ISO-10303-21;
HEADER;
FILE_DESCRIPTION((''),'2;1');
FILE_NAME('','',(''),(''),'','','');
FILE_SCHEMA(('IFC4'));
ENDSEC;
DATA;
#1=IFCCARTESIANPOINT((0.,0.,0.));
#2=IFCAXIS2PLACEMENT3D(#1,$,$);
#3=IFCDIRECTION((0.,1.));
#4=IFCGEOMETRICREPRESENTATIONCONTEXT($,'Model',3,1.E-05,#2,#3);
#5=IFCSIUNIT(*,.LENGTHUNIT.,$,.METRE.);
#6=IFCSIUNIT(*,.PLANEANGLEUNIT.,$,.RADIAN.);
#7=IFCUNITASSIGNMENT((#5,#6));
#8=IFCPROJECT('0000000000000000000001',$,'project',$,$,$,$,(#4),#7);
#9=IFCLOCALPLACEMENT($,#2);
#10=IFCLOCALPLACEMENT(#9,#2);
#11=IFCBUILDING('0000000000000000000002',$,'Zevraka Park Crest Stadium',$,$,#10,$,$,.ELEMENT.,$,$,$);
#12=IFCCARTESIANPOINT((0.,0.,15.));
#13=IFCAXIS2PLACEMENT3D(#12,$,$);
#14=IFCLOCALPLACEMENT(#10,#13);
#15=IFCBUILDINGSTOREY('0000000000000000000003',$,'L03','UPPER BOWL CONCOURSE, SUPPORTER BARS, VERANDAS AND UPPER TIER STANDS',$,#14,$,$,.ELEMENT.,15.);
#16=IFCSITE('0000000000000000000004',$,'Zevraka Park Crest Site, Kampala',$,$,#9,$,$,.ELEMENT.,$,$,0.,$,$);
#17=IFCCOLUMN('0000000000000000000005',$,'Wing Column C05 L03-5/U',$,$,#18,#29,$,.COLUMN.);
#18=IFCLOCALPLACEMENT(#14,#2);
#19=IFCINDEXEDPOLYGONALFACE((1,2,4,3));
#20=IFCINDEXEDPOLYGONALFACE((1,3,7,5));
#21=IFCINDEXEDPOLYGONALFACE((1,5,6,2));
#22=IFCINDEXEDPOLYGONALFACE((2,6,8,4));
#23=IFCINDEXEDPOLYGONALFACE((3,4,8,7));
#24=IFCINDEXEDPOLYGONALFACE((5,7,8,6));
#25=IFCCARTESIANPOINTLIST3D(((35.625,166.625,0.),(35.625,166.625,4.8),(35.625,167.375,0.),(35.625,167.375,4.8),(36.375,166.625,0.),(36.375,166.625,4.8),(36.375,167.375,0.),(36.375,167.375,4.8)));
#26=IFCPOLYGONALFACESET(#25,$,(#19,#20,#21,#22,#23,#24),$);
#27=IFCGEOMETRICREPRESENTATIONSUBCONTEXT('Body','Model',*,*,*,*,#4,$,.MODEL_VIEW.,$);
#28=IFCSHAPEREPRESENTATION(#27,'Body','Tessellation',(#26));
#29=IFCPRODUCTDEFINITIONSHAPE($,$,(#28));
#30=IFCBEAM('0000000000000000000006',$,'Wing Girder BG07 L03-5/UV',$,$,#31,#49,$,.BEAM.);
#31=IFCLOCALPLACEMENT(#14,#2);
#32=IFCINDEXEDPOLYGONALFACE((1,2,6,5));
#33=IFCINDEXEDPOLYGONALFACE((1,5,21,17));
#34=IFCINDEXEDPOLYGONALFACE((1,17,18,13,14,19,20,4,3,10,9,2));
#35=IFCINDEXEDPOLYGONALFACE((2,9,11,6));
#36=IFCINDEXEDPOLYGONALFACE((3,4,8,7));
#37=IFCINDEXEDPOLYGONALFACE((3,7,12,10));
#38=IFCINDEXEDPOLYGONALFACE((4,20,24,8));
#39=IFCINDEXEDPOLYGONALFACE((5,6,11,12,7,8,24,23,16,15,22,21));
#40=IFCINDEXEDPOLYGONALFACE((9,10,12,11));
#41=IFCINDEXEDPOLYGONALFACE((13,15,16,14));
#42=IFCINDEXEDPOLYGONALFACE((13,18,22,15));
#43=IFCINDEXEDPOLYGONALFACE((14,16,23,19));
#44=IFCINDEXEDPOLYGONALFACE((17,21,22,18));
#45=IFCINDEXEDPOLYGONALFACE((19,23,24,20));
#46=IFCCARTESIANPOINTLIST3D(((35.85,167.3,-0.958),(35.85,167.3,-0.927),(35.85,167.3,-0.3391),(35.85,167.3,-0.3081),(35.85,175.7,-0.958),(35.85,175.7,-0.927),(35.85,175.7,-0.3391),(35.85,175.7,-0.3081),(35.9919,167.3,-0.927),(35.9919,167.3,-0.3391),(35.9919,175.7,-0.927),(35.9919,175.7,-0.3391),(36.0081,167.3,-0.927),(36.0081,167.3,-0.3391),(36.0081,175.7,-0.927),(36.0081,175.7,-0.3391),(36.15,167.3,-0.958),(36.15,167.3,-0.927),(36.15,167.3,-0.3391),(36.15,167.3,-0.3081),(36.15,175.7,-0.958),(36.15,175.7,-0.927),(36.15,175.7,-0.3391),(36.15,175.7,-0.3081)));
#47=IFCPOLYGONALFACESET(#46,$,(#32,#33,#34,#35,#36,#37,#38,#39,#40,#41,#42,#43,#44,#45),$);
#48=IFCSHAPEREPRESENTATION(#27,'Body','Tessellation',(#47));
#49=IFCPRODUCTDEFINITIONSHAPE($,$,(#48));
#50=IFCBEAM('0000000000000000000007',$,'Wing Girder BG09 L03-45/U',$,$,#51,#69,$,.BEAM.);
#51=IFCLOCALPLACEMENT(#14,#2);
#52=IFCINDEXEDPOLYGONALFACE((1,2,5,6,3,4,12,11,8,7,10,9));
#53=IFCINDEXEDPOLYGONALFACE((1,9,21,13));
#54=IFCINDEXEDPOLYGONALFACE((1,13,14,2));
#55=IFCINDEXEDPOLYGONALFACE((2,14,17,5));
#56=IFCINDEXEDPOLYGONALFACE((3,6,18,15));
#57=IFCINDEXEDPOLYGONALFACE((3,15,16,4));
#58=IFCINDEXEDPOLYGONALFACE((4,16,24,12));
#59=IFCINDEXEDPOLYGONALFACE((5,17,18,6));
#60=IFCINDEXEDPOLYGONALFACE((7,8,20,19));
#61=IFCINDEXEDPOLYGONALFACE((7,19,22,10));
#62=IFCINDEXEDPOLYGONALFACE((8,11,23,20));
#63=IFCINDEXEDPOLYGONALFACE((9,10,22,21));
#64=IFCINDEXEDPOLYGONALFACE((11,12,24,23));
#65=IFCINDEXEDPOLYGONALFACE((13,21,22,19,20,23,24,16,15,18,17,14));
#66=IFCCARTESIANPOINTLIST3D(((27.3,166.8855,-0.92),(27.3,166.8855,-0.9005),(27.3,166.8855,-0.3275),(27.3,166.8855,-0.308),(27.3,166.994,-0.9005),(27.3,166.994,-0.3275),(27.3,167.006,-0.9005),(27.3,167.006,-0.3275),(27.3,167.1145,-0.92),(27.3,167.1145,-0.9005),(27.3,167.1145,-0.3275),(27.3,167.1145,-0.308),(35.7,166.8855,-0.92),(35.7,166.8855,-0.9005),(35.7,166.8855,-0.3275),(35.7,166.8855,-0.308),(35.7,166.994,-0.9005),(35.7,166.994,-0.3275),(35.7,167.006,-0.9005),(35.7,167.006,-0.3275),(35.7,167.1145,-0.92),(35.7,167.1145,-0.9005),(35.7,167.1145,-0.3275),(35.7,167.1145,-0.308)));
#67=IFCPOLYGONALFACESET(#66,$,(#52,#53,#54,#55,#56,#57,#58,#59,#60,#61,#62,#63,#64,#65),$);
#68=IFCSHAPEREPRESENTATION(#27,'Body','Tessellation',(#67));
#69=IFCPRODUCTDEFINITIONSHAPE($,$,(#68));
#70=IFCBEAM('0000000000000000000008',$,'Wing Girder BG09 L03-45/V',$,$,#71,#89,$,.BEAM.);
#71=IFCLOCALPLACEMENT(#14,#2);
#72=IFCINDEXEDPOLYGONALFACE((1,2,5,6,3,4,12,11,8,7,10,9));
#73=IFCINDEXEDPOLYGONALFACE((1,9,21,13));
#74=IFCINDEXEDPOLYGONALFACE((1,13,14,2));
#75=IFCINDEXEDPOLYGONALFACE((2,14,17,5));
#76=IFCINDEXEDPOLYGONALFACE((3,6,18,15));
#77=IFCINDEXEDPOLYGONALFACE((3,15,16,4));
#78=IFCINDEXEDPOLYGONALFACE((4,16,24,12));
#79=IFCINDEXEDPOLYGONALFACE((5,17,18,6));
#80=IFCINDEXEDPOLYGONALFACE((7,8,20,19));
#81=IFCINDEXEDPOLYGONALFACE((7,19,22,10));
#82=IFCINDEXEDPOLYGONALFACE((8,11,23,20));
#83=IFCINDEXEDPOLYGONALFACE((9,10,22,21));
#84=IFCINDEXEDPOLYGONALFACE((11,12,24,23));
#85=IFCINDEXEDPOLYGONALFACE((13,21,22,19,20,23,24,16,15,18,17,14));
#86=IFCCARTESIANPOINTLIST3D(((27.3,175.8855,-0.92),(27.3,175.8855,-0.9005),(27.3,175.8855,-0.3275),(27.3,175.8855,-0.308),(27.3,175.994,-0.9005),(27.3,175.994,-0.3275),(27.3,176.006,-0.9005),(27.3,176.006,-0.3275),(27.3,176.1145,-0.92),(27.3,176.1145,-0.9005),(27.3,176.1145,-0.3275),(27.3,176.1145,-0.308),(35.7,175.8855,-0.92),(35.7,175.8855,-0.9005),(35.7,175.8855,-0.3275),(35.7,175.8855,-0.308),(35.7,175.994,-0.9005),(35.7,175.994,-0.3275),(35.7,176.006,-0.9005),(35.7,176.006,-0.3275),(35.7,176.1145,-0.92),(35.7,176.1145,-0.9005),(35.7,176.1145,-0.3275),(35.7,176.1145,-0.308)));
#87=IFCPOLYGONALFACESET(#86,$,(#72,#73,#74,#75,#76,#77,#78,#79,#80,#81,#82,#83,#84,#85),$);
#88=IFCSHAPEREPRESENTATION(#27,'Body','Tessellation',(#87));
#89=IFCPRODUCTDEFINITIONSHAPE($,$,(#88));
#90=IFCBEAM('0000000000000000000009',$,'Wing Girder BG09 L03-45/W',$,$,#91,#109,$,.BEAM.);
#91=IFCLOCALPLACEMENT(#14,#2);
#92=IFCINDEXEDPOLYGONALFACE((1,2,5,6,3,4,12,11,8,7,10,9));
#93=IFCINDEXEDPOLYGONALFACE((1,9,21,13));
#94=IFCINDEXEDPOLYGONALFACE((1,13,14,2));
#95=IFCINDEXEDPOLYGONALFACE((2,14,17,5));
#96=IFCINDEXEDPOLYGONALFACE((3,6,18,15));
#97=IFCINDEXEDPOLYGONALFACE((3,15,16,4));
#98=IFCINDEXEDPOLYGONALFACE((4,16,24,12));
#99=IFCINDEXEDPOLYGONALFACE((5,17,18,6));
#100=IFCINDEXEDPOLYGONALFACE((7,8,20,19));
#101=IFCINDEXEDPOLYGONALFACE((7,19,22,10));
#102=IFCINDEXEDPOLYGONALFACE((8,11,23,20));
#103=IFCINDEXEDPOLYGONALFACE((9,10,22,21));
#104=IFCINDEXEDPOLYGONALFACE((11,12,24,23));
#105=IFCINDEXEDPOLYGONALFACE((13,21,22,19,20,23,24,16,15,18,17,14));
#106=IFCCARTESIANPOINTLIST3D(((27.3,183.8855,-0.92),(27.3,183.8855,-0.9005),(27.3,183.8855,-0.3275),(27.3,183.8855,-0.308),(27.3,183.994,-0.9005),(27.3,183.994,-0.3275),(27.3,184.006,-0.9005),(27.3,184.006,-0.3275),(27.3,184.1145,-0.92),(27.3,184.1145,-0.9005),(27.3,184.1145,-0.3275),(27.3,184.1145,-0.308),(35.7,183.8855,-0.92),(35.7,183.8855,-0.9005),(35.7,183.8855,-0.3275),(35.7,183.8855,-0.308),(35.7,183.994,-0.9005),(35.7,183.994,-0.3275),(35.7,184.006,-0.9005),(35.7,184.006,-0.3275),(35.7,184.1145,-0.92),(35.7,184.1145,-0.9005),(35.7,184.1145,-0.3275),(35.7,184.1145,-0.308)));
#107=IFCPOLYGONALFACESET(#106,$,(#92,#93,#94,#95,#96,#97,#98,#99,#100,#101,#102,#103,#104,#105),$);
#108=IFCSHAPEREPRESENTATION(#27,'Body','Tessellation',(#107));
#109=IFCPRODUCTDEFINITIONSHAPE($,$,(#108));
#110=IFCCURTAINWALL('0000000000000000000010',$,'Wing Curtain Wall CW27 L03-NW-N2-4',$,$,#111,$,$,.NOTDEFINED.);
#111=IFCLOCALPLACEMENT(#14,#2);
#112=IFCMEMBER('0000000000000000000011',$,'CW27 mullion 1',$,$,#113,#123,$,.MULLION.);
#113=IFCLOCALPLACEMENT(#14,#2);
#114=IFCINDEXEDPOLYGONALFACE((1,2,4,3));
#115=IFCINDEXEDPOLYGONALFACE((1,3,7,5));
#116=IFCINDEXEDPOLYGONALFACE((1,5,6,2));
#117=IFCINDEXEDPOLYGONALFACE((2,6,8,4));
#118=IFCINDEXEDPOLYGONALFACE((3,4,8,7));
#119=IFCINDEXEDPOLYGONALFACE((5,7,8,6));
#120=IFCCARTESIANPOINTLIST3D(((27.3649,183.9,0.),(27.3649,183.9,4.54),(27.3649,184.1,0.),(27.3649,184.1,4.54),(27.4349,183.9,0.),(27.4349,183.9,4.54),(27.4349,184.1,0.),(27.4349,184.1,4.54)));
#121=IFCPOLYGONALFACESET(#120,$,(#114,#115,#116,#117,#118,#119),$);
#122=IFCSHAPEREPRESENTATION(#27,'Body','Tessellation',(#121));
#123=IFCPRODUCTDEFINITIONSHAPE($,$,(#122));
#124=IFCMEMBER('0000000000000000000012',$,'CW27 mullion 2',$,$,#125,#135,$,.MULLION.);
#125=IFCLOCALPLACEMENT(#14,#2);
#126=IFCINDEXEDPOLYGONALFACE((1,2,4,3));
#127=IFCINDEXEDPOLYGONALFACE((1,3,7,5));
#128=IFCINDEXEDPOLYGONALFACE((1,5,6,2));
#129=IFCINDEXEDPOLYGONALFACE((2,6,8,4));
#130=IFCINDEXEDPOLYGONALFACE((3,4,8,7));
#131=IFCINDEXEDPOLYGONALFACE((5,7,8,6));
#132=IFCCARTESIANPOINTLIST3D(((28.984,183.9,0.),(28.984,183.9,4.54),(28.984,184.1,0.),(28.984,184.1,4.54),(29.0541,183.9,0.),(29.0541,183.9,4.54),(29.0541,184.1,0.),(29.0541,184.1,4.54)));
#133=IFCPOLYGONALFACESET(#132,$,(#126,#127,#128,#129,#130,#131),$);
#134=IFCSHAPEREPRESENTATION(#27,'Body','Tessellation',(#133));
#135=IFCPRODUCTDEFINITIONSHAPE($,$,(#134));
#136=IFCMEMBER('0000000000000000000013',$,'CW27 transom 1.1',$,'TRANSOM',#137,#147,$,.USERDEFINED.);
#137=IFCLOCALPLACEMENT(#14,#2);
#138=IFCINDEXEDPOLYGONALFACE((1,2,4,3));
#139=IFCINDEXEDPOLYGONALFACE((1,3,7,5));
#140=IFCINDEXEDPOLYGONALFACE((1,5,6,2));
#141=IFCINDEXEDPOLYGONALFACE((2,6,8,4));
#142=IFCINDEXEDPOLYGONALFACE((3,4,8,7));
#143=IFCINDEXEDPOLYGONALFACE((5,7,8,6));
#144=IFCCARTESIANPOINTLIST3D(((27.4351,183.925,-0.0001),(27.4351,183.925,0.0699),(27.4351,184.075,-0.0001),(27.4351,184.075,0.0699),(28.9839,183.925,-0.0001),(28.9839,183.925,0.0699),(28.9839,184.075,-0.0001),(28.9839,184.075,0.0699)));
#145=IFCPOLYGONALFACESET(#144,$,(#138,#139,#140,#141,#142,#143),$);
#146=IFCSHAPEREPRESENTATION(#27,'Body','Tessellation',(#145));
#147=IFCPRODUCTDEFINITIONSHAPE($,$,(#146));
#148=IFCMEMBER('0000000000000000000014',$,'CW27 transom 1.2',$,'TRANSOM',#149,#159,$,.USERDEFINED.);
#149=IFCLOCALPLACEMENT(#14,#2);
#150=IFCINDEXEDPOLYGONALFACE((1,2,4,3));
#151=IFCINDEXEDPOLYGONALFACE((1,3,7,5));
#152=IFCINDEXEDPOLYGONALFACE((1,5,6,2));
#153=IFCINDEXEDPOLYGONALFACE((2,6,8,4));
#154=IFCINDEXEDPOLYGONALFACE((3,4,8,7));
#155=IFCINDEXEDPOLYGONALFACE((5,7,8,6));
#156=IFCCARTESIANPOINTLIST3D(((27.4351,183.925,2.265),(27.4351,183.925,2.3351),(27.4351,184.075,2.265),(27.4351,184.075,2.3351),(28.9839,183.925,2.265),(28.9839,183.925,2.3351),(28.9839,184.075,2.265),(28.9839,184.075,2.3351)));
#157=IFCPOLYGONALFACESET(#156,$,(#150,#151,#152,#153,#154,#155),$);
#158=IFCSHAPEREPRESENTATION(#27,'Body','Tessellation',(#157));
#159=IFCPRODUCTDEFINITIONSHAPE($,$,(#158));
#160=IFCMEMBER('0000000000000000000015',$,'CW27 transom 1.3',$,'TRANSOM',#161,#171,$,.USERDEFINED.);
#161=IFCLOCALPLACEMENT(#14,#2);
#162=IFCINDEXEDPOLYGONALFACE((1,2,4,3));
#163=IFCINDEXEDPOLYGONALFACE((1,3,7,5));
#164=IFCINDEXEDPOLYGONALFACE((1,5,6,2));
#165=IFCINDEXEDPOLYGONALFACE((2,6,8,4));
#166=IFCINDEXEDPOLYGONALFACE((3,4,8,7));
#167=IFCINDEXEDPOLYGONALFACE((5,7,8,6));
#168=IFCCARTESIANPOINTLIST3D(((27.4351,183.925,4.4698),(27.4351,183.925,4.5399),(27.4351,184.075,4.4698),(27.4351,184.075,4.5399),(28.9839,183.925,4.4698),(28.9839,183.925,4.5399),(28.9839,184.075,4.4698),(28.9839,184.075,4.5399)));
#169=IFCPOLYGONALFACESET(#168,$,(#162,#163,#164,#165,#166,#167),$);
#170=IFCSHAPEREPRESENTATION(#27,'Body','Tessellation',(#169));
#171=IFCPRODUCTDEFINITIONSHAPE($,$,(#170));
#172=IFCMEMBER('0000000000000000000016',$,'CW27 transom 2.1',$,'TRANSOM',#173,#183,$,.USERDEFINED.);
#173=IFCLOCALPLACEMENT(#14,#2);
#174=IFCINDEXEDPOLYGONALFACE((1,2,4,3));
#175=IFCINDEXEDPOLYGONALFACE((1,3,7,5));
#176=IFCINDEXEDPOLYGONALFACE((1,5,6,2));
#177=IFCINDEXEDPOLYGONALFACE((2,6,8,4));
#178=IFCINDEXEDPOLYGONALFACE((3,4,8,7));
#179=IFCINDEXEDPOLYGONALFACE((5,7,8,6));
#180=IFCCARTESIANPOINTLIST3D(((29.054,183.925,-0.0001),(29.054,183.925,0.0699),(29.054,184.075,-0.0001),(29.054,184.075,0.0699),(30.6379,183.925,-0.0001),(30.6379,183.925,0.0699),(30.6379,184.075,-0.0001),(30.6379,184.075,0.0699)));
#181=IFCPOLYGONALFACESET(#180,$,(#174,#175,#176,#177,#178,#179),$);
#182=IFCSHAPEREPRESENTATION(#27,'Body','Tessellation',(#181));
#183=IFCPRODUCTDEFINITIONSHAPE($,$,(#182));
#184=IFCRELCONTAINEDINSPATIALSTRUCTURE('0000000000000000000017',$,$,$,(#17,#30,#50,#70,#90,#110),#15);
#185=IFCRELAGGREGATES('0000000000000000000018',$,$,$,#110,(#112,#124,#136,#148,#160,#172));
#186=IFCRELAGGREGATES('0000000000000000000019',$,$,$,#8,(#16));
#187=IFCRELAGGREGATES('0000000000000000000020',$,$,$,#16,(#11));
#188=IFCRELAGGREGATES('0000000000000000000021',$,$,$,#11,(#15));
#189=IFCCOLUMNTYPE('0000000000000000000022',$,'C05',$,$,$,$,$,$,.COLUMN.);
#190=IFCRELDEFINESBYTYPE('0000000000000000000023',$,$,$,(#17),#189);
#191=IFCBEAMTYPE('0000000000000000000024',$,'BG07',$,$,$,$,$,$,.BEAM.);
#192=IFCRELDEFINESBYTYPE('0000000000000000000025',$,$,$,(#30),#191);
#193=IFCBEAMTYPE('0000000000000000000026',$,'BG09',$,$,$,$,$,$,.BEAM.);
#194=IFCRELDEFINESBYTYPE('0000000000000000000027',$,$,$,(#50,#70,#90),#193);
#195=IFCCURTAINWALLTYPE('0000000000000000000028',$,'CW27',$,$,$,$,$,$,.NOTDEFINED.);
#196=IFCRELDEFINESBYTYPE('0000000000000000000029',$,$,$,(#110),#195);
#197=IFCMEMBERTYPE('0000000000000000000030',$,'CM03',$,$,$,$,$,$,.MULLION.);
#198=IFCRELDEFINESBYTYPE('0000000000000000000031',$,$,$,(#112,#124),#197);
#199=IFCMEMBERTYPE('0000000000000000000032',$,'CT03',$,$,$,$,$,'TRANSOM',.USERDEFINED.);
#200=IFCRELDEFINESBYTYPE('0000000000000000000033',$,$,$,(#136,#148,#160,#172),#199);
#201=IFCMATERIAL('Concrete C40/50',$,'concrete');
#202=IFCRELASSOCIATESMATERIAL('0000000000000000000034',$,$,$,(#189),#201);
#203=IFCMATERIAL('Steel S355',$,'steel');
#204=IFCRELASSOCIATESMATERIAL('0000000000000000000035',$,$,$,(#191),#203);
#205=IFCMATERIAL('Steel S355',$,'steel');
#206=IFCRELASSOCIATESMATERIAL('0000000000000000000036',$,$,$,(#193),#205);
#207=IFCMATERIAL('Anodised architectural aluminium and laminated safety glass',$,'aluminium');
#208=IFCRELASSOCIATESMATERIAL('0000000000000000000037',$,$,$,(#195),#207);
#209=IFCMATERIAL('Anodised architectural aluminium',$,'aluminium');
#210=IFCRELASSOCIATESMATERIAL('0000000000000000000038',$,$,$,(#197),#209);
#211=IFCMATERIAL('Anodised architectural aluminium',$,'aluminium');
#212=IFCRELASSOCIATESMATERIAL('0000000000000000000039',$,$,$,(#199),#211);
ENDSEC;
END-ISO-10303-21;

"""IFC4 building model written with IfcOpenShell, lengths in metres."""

from ifc_helpers import new_model, si_unit, direction, frame, origin, origin_2d, place, context, subcontext, project, spatial, rectangle, i_section, extrude, material, material_profile, profile_set, type_object, element, aggregate, save


model = new_model("IFC4")

# Units and contexts
model_context = context("Model", 3, precision=1e-05, world=origin(), true_north=direction((0.0, 1.0)))
body_context = subcontext(model_context, "Body", "Model", "MODEL_VIEW")
ifc_project = project(units=[si_unit("LENGTHUNIT", "METRE"), si_unit("PLANEANGLEUNIT", "RADIAN")], contexts=[model_context])

# Site, building, storey
site_placement = place(None, origin())
site = spatial("IfcSite", under=ifc_project, at=site_placement, Name="Zevraka Park Crest Site, Kampala", CompositionType="ELEMENT", RefElevation=0.0)
building_placement = place(site_placement, origin())
building = spatial("IfcBuilding", under=site, at=building_placement, Name="Zevraka Park Crest Stadium", CompositionType="ELEMENT")
storey_placement = place(building_placement, frame((0.0, 0.0, 15.0)))
storey = spatial("IfcBuildingStorey", under=building, at=storey_placement, Name="L03", Description="UPPER BOWL CONCOURSE, SUPPORTER BARS, VERANDAS AND UPPER TIER STANDS", CompositionType="ELEMENT", Elevation=15.0)

# Column
ifc_material_1 = material(Name="Concrete C40/50", Category="concrete")
ifc_material_profile_1 = material_profile(ifc_material_1, rectangle(XDim=0.75, YDim=0.75, at=origin_2d()), Name="RC 750x750")
ifc_profile_set_1 = profile_set([ifc_material_profile_1], Name="Concrete C40/50")
column_type = type_object("IfcColumnType", Name="C05", PredefinedType="COLUMN", material=ifc_profile_set_1)
column_placement = place(storey_placement, frame((36.0, 167.0, 0.0), z_axis=(0.0, 0.0, 1.0), x_axis=(1.0, 0.0, 0.0)))
element("IfcColumn", 1, at=column_placement, inside=storey, type_object=column_type, Name="Wing Column C05 L03-5/U", PredefinedType="COLUMN", context=body_context, shape_type="SweptSolid", body=[
    extrude(rectangle(XDim=0.75, YDim=0.75, at=origin_2d()), origin(), (0.0, 0.0, 1.0), 4.8),
])

# Beams
ifc_material_2 = material(Name="Steel S355", Category="steel")
ifc_material_profile_2 = material_profile(ifc_material_2, i_section(OverallWidth=0.3, OverallDepth=0.6499, WebThickness=0.0161, FlangeThickness=0.031, at=origin_2d()), Name="HEB 650")
ifc_profile_set_2 = profile_set([ifc_material_profile_2], Name="Steel S355")
beam_type_1 = type_object("IfcBeamType", Name="BG07", PredefinedType="BEAM", material=ifc_profile_set_2)
beam_placement = place(storey_placement, frame((36.0, 167.3, -0.6331), z_axis=(0.0, 1.0, 0.0), x_axis=(-1.0, 0.0, 0.0)))
element("IfcBeam", 2, at=beam_placement, inside=storey, type_object=beam_type_1, Name="Wing Girder BG07 L03-5/UV", PredefinedType="BEAM", context=body_context, shape_type="SweptSolid", body=[
    extrude(i_section(OverallWidth=0.3, OverallDepth=0.6499, WebThickness=0.0161, FlangeThickness=0.031, at=origin_2d()), origin(), (0.0, 0.0, 1.0), 8.3999),
])
ifc_material_3 = material(Name="Steel S355", Category="steel")
ifc_material_profile_3 = material_profile(ifc_material_3, i_section(OverallWidth=0.229, OverallDepth=0.6121, WebThickness=0.012, FlangeThickness=0.0195, at=origin_2d()), Name="UKB 610x229x125")
ifc_profile_set_3 = profile_set([ifc_material_profile_3], Name="Steel S355")
beam_type_2 = type_object("IfcBeamType", Name="BG09", PredefinedType="BEAM", material=ifc_profile_set_3)
for number, where, z_axis, x_axis, name in (
    (3, (27.3, 167.0, -0.614), (1.0, 0.0, 0.0), (0.0, 1.0, 0.0), "Wing Girder BG09 L03-45/U"),
    (4, (27.3, 176.0, -0.614), (1.0, 0.0, 0.0), (0.0, 1.0, 0.0), "Wing Girder BG09 L03-45/V"),
    (5, (27.3, 184.0, -0.614), (1.0, 0.0, 0.0), (0.0, 1.0, 0.0), "Wing Girder BG09 L03-45/W"),
):
    element("IfcBeam", number, at=place(storey_placement, frame(where, z_axis=z_axis, x_axis=x_axis)), inside=storey, type_object=beam_type_2, Name=name, PredefinedType="BEAM", context=body_context, shape_type="SweptSolid", body=[
        extrude(i_section(OverallWidth=0.229, OverallDepth=0.6121, WebThickness=0.012, FlangeThickness=0.0195, at=origin_2d()), origin(), (0.0, 0.0, 1.0), 8.3999),
    ])

# Curtain wall, members
ifc_material_4 = material(Name="Anodised architectural aluminium and laminated safety glass", Category="aluminium")
curtain_wall_type = type_object("IfcCurtainWallType", Name="CW27", PredefinedType="NOTDEFINED", material=ifc_material_4)
curtain_wall_placement = place(storey_placement, origin())
curtain_wall = element("IfcCurtainWall", 6, at=curtain_wall_placement, inside=storey, type_object=curtain_wall_type, Name="Wing Curtain Wall CW27 L03-NW-N2-4", PredefinedType="NOTDEFINED")
ifc_material_5 = material(Name="Anodised architectural aluminium", Category="aluminium")
ifc_material_profile_4 = material_profile(ifc_material_5, rectangle(XDim=0.2, YDim=0.0701, at=origin_2d()), Name="ALU MULLION 200x70")
ifc_profile_set_4 = profile_set([ifc_material_profile_4], Name="Anodised architectural aluminium")
member_type_1 = type_object("IfcMemberType", Name="CM03", PredefinedType="MULLION", material=ifc_profile_set_4)
member_1_placement = place(storey_placement, frame((27.3999, 184.0, 0.0), z_axis=(0.0, 0.0, 1.0), x_axis=(0.0, 1.0, 0.0)))
member_1 = element("IfcMember", 7, at=member_1_placement, type_object=member_type_1, Name="CW27 mullion 1", PredefinedType="MULLION", context=body_context, shape_type="SweptSolid", body=[
    extrude(rectangle(XDim=0.2, YDim=0.0701, at=origin_2d()), origin(), (0.0, 0.0, 1.0), 4.54),
])
member_2_placement = place(storey_placement, frame((29.019, 184.0, 0.0), z_axis=(0.0, 0.0, 1.0), x_axis=(0.0, 1.0, 0.0)))
member_2 = element("IfcMember", 8, at=member_2_placement, type_object=member_type_1, Name="CW27 mullion 2", PredefinedType="MULLION", context=body_context, shape_type="SweptSolid", body=[
    extrude(rectangle(XDim=0.2, YDim=0.0701, at=origin_2d()), origin(), (0.0, 0.0, 1.0), 4.54),
])
ifc_material_6 = material(Name="Anodised architectural aluminium", Category="aluminium")
ifc_material_profile_5 = material_profile(ifc_material_6, rectangle(XDim=0.1499, YDim=0.0701, at=origin_2d()), Name="ALU TRANSOM 150x70")
ifc_profile_set_5 = profile_set([ifc_material_profile_5], Name="Anodised architectural aluminium")
member_type_2 = type_object("IfcMemberType", Name="CT03", ElementType="TRANSOM", PredefinedType="USERDEFINED", material=ifc_profile_set_5)
member_3_placement = place(storey_placement, frame((27.4351, 184.0, 0.0349), z_axis=(1.0, 0.0, 0.0), x_axis=(0.0, 1.0, 0.0)))
member_3 = element("IfcMember", 9, at=member_3_placement, type_object=member_type_2, Name="CW27 transom 1.1", ObjectType="TRANSOM", PredefinedType="USERDEFINED", context=body_context, shape_type="SweptSolid", body=[
    extrude(rectangle(XDim=0.1499, YDim=0.0701, at=origin_2d()), origin(), (0.0, 0.0, 1.0), 1.5488),
])
member_4_placement = place(storey_placement, frame((27.4351, 184.0, 2.3), z_axis=(1.0, 0.0, 0.0), x_axis=(0.0, 1.0, 0.0)))
member_4 = element("IfcMember", 10, at=member_4_placement, type_object=member_type_2, Name="CW27 transom 1.2", ObjectType="TRANSOM", PredefinedType="USERDEFINED", context=body_context, shape_type="SweptSolid", body=[
    extrude(rectangle(XDim=0.1499, YDim=0.0701, at=origin_2d()), origin(), (0.0, 0.0, 1.0), 1.5488),
])
member_5_placement = place(storey_placement, frame((27.4351, 184.0, 4.5049), z_axis=(1.0, 0.0, 0.0), x_axis=(0.0, 1.0, 0.0)))
member_5 = element("IfcMember", 11, at=member_5_placement, type_object=member_type_2, Name="CW27 transom 1.3", ObjectType="TRANSOM", PredefinedType="USERDEFINED", context=body_context, shape_type="SweptSolid", body=[
    extrude(rectangle(XDim=0.1499, YDim=0.0701, at=origin_2d()), origin(), (0.0, 0.0, 1.0), 1.5488),
])
member_6_placement = place(storey_placement, frame((29.054, 184.0, 0.0349), z_axis=(1.0, 0.0, 0.0), x_axis=(0.0, 1.0, 0.0)))
member_6 = element("IfcMember", 12, at=member_6_placement, type_object=member_type_2, Name="CW27 transom 2.1", ObjectType="TRANSOM", PredefinedType="USERDEFINED", context=body_context, shape_type="SweptSolid", body=[
    extrude(rectangle(XDim=0.1499, YDim=0.0701, at=origin_2d()), origin(), (0.0, 0.0, 1.0), 1.584),
])

aggregate(curtain_wall, [member_1, member_2, member_3, member_4, member_5, member_6])

save(model, "model.ifc")
